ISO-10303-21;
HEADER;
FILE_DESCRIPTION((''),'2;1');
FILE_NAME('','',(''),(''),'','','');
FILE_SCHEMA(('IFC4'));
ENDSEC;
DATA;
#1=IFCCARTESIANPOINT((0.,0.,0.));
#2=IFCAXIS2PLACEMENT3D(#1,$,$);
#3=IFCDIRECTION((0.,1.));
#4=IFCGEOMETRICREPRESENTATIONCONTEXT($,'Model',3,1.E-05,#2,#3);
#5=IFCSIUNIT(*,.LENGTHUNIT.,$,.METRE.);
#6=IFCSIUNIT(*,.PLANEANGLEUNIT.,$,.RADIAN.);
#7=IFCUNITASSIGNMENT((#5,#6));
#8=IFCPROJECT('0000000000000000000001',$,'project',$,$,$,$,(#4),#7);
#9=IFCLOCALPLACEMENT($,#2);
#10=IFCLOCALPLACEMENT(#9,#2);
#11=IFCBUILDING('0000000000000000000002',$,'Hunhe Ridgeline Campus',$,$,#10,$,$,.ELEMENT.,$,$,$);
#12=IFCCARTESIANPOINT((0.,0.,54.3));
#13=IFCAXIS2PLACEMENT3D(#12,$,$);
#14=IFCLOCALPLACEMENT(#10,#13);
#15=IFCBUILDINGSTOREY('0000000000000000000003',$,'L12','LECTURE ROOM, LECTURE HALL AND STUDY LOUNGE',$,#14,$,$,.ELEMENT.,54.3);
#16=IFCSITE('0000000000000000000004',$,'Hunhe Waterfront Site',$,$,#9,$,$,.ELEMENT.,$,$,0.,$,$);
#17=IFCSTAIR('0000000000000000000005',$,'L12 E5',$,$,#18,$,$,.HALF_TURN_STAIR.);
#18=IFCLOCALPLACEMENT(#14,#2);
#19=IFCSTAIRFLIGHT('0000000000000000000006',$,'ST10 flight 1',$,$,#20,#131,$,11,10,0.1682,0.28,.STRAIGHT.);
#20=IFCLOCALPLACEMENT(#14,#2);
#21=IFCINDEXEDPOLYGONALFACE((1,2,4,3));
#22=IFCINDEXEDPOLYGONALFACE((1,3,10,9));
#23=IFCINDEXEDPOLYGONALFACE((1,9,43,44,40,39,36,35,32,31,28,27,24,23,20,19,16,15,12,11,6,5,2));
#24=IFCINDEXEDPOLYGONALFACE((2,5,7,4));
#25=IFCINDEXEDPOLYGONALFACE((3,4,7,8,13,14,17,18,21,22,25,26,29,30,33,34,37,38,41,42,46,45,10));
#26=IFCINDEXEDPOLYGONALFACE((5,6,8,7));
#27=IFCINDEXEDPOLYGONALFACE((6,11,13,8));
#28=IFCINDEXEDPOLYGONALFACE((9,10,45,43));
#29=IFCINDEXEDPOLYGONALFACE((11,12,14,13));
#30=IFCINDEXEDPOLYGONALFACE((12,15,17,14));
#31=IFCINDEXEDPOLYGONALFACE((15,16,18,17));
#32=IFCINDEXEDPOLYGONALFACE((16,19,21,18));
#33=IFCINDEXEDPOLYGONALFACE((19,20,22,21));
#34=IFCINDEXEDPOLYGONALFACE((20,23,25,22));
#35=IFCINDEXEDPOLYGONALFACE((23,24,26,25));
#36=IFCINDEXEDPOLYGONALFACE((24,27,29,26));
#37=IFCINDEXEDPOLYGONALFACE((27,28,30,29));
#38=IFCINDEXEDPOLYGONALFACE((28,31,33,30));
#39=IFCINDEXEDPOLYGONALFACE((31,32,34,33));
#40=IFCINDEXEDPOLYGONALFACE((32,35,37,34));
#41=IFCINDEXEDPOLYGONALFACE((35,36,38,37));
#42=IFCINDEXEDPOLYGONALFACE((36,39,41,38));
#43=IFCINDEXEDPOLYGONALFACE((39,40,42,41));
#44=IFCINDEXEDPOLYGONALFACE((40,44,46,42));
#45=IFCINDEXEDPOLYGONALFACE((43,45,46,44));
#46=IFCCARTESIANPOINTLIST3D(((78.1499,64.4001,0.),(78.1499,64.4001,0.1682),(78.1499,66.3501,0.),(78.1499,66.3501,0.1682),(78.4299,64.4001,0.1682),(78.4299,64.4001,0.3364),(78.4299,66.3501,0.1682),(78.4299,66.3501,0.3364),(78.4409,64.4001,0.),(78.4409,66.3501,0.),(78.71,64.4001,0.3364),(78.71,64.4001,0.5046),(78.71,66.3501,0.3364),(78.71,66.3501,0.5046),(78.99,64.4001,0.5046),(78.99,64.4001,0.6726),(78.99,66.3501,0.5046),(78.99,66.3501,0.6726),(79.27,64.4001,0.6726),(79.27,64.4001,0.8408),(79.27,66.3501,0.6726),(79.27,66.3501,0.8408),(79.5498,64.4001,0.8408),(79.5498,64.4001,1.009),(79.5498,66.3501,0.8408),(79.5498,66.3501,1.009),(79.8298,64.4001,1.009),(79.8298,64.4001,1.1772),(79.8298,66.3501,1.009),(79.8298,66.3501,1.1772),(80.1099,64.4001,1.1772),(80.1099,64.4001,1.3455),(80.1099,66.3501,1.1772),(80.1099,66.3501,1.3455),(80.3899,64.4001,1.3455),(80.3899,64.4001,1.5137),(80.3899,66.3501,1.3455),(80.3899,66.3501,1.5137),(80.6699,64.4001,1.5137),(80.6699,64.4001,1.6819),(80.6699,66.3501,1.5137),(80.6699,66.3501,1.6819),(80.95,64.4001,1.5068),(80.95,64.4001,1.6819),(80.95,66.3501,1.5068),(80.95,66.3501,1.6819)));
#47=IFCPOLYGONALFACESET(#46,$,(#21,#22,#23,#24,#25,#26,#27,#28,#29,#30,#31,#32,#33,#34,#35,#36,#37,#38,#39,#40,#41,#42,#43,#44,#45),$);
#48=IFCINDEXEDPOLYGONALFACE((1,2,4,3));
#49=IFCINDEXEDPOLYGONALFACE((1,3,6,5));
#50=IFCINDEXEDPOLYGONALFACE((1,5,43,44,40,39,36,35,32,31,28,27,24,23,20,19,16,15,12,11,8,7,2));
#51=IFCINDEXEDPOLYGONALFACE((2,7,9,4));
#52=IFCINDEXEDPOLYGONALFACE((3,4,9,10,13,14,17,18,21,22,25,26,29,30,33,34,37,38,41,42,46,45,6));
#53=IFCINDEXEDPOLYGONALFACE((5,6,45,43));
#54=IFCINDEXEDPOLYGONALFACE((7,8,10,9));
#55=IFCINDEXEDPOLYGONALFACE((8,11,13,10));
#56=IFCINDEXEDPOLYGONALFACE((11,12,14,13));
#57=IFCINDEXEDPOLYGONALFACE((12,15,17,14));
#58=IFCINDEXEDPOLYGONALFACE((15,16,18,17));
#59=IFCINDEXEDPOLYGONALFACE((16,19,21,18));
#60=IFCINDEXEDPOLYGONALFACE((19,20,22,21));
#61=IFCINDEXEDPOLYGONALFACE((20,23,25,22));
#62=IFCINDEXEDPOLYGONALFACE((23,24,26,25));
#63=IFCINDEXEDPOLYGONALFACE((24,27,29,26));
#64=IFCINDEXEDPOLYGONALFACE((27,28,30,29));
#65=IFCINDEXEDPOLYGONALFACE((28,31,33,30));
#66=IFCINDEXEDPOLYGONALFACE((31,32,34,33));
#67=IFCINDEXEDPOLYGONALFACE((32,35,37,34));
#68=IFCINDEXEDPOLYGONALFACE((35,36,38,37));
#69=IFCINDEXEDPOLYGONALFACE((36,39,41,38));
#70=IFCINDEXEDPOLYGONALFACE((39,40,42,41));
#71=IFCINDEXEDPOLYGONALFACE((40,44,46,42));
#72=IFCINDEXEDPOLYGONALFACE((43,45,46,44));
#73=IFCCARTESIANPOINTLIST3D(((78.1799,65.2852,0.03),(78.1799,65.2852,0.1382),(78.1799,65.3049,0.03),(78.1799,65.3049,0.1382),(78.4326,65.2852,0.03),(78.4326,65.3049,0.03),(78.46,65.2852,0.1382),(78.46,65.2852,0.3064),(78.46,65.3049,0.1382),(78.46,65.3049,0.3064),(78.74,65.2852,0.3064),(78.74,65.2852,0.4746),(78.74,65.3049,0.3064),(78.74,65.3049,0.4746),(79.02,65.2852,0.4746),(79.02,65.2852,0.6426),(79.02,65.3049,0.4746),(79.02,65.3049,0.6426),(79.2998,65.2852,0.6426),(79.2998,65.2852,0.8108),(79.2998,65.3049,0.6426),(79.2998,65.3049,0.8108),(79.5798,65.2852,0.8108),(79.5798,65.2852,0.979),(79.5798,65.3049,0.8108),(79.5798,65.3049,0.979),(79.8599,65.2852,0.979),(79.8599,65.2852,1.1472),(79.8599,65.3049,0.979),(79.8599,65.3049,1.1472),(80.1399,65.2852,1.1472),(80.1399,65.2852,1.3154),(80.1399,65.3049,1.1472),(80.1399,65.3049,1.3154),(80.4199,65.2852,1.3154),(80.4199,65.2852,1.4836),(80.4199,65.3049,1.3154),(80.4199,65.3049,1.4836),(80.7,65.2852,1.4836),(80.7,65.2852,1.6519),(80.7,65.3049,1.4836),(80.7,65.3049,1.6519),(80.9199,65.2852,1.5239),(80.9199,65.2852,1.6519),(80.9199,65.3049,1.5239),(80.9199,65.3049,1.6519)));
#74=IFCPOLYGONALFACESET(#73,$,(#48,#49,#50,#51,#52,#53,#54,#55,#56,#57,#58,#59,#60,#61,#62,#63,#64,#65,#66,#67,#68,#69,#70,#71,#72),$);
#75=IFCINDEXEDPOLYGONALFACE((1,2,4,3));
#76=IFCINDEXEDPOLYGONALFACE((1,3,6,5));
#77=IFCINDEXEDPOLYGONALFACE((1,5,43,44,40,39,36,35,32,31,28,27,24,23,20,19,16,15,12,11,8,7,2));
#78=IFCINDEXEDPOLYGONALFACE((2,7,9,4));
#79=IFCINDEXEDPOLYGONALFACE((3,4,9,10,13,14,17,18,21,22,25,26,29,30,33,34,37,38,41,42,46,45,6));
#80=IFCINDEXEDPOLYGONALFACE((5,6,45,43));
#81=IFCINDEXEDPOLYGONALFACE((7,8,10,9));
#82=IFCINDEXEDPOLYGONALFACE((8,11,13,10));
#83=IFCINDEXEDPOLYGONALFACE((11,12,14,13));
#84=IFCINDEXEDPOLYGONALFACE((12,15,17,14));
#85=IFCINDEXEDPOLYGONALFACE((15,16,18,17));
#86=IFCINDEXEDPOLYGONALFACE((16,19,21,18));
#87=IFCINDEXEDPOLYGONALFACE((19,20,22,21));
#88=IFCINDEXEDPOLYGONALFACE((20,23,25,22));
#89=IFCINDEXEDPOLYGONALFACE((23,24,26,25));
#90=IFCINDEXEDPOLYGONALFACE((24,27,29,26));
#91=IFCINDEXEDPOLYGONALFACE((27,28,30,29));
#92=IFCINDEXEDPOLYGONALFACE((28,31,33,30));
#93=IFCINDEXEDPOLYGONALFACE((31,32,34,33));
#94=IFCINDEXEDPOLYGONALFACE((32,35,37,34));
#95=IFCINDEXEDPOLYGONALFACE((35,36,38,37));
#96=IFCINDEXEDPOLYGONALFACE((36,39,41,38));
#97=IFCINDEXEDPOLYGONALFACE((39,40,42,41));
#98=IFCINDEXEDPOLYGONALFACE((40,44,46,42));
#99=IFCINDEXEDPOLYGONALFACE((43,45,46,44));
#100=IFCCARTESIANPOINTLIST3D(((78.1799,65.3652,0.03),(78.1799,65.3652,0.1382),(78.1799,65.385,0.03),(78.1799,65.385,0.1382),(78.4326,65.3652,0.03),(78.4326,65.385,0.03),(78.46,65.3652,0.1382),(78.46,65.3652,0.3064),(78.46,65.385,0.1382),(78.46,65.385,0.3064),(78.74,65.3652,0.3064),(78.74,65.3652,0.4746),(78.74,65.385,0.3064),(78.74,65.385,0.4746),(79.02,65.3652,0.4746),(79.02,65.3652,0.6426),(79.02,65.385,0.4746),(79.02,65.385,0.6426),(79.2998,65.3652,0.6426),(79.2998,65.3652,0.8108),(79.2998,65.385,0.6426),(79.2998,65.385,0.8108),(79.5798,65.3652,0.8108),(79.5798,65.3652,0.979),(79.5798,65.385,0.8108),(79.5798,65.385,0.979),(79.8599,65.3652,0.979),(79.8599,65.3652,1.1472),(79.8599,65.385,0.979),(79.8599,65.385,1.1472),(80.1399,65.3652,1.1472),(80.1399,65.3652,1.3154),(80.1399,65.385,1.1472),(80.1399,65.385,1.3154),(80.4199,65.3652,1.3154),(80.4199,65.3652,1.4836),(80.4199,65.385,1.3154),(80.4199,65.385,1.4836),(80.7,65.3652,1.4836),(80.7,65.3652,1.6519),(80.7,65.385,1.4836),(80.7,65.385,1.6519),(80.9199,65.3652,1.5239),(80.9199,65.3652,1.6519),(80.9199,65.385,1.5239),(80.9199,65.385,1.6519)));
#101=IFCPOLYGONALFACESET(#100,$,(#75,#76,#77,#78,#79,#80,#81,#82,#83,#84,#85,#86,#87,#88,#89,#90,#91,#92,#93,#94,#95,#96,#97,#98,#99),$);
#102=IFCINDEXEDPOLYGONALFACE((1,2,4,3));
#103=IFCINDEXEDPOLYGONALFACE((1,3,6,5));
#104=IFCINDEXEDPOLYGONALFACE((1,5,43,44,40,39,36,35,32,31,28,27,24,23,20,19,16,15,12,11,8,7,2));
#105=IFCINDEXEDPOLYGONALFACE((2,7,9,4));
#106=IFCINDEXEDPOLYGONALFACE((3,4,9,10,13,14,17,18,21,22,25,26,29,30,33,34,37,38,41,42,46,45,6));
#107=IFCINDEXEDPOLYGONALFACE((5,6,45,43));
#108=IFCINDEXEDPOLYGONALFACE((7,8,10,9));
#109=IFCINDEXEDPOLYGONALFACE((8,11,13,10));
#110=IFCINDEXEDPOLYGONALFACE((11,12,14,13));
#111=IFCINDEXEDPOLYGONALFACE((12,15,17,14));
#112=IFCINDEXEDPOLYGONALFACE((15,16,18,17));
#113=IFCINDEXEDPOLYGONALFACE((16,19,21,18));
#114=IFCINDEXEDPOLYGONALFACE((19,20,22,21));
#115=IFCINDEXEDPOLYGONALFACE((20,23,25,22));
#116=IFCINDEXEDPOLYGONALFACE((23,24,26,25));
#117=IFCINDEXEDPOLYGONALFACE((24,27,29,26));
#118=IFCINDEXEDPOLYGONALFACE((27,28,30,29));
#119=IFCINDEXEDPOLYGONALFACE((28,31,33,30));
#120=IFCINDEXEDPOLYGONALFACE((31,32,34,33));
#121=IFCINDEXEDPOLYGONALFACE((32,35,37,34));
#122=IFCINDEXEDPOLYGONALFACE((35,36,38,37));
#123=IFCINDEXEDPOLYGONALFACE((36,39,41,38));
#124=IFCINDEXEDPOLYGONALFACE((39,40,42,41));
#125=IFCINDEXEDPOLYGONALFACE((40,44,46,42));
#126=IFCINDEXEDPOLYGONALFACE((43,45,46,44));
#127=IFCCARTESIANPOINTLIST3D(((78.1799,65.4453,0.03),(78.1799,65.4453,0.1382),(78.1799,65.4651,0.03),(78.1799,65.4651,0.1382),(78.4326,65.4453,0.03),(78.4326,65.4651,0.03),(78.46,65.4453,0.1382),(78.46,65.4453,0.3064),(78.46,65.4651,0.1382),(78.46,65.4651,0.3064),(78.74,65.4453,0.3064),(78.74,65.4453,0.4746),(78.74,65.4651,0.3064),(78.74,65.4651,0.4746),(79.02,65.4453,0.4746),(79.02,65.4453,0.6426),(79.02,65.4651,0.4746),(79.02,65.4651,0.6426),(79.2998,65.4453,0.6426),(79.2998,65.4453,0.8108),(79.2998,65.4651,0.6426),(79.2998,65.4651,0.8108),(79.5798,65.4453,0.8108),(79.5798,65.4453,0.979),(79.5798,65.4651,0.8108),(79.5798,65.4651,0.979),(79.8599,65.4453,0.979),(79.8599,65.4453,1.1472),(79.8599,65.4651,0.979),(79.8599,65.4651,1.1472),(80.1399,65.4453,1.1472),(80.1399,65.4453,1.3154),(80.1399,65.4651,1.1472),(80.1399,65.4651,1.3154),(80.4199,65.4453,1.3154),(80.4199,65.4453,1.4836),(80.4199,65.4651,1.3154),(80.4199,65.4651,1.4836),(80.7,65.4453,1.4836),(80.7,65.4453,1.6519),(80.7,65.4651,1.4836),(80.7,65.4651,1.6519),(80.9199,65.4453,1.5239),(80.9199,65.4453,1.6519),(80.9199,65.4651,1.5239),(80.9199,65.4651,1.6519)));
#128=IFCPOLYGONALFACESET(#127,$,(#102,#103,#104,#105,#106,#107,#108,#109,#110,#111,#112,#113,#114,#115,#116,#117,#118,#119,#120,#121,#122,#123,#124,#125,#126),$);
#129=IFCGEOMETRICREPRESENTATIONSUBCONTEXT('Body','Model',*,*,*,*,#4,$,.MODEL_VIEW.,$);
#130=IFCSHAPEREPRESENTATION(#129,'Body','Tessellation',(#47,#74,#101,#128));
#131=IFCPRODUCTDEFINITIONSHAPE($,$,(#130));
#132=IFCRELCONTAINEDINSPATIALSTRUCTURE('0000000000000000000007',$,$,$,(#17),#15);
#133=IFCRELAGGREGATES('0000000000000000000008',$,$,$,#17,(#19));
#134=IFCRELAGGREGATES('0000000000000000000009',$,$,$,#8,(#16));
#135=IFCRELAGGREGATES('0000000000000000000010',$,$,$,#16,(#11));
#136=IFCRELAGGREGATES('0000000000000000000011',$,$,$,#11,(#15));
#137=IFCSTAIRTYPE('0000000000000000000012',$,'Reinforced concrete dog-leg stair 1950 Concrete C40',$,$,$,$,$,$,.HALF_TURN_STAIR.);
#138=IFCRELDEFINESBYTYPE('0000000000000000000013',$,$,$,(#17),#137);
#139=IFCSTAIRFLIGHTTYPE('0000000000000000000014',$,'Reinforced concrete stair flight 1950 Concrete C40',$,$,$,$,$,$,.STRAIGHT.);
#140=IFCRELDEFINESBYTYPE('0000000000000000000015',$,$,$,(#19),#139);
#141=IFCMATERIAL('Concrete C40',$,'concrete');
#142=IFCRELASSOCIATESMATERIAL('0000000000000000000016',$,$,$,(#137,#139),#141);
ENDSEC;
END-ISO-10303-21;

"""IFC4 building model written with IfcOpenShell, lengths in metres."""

from ifc_helpers import new_model, si_unit, direction, frame, origin, place, context, subcontext, project, spatial, polyline, outline, extrude, material, type_object, element, aggregate, save


model = new_model("IFC4")

# Units and contexts
model_context = context("Model", 3, precision=1e-05, world=origin(), true_north=direction((0.0, 1.0)))
body_context = subcontext(model_context, "Body", "Model", "MODEL_VIEW")
ifc_project = project(units=[si_unit("LENGTHUNIT", "METRE"), si_unit("PLANEANGLEUNIT", "RADIAN")], contexts=[model_context])

# Site, building, storey
site_placement = place(None, origin())
site = spatial("IfcSite", under=ifc_project, at=site_placement, Name="Hunhe Waterfront Site", CompositionType="ELEMENT", RefElevation=0.0)
building_placement = place(site_placement, origin())
building = spatial("IfcBuilding", under=site, at=building_placement, Name="Hunhe Ridgeline Campus", CompositionType="ELEMENT")
storey_placement = place(building_placement, frame((0.0, 0.0, 54.3)))
storey = spatial("IfcBuildingStorey", under=building, at=storey_placement, Name="L12", Description="LECTURE ROOM, LECTURE HALL AND STUDY LOUNGE", CompositionType="ELEMENT", Elevation=54.3)

# Stair, stair flight
ifc_material_1 = material(Name="Concrete C40", Category="concrete")
stair_type = type_object("IfcStairType", Name="Reinforced concrete dog-leg stair 1950 Concrete C40", PredefinedType="HALF_TURN_STAIR", material=ifc_material_1)
stair_placement = place(storey_placement, origin())
stair = element("IfcStair", 1, at=stair_placement, inside=storey, type_object=stair_type, Name="L12 E5", PredefinedType="HALF_TURN_STAIR")
stair_flight_type = type_object("IfcStairFlightType", Name="Reinforced concrete stair flight 1950 Concrete C40", PredefinedType="STRAIGHT", material=ifc_material_1)
stair_flight_1_placement = place(storey_placement, frame((78.1499, 65.375, 0.0), z_axis=(0.0, 0.0, 1.0), x_axis=(1.0, 0.0, 0.0)))
stair_flight_1 = element("IfcStairFlight", 2, at=stair_flight_1_placement, type_object=stair_flight_type, Name="ST10 flight 1", NumberOfRisers=11, NumberOfTreads=10, PredefinedType="STRAIGHT", RiserHeight=0.1682, TreadLength=0.28, context=body_context, shape_type="SweptSolid", body=[
    extrude(outline(polyline([(0.0, 0.0), (0.0, 0.1682), (0.28, 0.1682), (0.28, 0.3364), (0.5601, 0.3364), (0.5601, 0.5046), (0.8401, 0.5046), (0.8401, 0.6726), (1.1201, 0.6726), (1.1201, 0.8408), (1.3999, 0.8408), (1.3999, 1.009), (1.6799, 1.009), (1.6799, 1.1772), (1.96, 1.1772), (1.96, 1.3455), (2.24, 1.3455), (2.24, 1.5137), (2.52, 1.5137), (2.52, 1.6819), (2.8, 1.6819), (2.8, 1.8501), (2.8, 1.5068), (0.291, 0.0), (0.0, 0.0)])), frame((0.0, 0.9751, 0.0), z_axis=(0.0, -1.0, 0.0), x_axis=(1.0, 0.0, 0.0)), (0.0, 0.0, 1.0), 1.95),
    extrude(outline(polyline([(0.03, 0.03), (0.03, 0.1382), (0.3101, 0.1382), (0.3101, 0.3064), (0.5901, 0.3064), (0.5901, 0.4746), (0.8701, 0.4746), (0.8701, 0.6426), (1.1499, 0.6426), (1.1499, 0.8108), (1.4299, 0.8108), (1.4299, 0.979), (1.71, 0.979), (1.71, 1.1472), (1.99, 1.1472), (1.99, 1.3154), (2.27, 1.3154), (2.27, 1.4836), (2.55, 1.4836), (2.55, 1.6519), (2.77, 1.6519), (2.77, 1.5239), (0.2827, 0.03), (0.03, 0.03)])), frame((0.0, -0.0701, 0.0), z_axis=(0.0, -1.0, 0.0), x_axis=(1.0, 0.0, 0.0)), (0.0, 0.0, 1.0), 0.0198),
    extrude(outline(polyline([(0.03, 0.03), (0.03, 0.1382), (0.3101, 0.1382), (0.3101, 0.3064), (0.5901, 0.3064), (0.5901, 0.4746), (0.8701, 0.4746), (0.8701, 0.6426), (1.1499, 0.6426), (1.1499, 0.8108), (1.4299, 0.8108), (1.4299, 0.979), (1.71, 0.979), (1.71, 1.1472), (1.99, 1.1472), (1.99, 1.3154), (2.27, 1.3154), (2.27, 1.4836), (2.55, 1.4836), (2.55, 1.6519), (2.77, 1.6519), (2.77, 1.5239), (0.2827, 0.03), (0.03, 0.03)])), frame((0.0, 0.01, 0.0), z_axis=(0.0, -1.0, 0.0), x_axis=(1.0, 0.0, 0.0)), (0.0, 0.0, 1.0), 0.0198),
    extrude(outline(polyline([(0.03, 0.03), (0.03, 0.1382), (0.3101, 0.1382), (0.3101, 0.3064), (0.5901, 0.3064), (0.5901, 0.4746), (0.8701, 0.4746), (0.8701, 0.6426), (1.1499, 0.6426), (1.1499, 0.8108), (1.4299, 0.8108), (1.4299, 0.979), (1.71, 0.979), (1.71, 1.1472), (1.99, 1.1472), (1.99, 1.3154), (2.27, 1.3154), (2.27, 1.4836), (2.55, 1.4836), (2.55, 1.6519), (2.77, 1.6519), (2.77, 1.5239), (0.2827, 0.03), (0.03, 0.03)])), frame((0.0, 0.0901, 0.0), z_axis=(0.0, -1.0, 0.0), x_axis=(1.0, 0.0, 0.0)), (0.0, 0.0, 1.0), 0.0198),
])
aggregate(stair, [stair_flight_1])

save(model, "model.ifc")
